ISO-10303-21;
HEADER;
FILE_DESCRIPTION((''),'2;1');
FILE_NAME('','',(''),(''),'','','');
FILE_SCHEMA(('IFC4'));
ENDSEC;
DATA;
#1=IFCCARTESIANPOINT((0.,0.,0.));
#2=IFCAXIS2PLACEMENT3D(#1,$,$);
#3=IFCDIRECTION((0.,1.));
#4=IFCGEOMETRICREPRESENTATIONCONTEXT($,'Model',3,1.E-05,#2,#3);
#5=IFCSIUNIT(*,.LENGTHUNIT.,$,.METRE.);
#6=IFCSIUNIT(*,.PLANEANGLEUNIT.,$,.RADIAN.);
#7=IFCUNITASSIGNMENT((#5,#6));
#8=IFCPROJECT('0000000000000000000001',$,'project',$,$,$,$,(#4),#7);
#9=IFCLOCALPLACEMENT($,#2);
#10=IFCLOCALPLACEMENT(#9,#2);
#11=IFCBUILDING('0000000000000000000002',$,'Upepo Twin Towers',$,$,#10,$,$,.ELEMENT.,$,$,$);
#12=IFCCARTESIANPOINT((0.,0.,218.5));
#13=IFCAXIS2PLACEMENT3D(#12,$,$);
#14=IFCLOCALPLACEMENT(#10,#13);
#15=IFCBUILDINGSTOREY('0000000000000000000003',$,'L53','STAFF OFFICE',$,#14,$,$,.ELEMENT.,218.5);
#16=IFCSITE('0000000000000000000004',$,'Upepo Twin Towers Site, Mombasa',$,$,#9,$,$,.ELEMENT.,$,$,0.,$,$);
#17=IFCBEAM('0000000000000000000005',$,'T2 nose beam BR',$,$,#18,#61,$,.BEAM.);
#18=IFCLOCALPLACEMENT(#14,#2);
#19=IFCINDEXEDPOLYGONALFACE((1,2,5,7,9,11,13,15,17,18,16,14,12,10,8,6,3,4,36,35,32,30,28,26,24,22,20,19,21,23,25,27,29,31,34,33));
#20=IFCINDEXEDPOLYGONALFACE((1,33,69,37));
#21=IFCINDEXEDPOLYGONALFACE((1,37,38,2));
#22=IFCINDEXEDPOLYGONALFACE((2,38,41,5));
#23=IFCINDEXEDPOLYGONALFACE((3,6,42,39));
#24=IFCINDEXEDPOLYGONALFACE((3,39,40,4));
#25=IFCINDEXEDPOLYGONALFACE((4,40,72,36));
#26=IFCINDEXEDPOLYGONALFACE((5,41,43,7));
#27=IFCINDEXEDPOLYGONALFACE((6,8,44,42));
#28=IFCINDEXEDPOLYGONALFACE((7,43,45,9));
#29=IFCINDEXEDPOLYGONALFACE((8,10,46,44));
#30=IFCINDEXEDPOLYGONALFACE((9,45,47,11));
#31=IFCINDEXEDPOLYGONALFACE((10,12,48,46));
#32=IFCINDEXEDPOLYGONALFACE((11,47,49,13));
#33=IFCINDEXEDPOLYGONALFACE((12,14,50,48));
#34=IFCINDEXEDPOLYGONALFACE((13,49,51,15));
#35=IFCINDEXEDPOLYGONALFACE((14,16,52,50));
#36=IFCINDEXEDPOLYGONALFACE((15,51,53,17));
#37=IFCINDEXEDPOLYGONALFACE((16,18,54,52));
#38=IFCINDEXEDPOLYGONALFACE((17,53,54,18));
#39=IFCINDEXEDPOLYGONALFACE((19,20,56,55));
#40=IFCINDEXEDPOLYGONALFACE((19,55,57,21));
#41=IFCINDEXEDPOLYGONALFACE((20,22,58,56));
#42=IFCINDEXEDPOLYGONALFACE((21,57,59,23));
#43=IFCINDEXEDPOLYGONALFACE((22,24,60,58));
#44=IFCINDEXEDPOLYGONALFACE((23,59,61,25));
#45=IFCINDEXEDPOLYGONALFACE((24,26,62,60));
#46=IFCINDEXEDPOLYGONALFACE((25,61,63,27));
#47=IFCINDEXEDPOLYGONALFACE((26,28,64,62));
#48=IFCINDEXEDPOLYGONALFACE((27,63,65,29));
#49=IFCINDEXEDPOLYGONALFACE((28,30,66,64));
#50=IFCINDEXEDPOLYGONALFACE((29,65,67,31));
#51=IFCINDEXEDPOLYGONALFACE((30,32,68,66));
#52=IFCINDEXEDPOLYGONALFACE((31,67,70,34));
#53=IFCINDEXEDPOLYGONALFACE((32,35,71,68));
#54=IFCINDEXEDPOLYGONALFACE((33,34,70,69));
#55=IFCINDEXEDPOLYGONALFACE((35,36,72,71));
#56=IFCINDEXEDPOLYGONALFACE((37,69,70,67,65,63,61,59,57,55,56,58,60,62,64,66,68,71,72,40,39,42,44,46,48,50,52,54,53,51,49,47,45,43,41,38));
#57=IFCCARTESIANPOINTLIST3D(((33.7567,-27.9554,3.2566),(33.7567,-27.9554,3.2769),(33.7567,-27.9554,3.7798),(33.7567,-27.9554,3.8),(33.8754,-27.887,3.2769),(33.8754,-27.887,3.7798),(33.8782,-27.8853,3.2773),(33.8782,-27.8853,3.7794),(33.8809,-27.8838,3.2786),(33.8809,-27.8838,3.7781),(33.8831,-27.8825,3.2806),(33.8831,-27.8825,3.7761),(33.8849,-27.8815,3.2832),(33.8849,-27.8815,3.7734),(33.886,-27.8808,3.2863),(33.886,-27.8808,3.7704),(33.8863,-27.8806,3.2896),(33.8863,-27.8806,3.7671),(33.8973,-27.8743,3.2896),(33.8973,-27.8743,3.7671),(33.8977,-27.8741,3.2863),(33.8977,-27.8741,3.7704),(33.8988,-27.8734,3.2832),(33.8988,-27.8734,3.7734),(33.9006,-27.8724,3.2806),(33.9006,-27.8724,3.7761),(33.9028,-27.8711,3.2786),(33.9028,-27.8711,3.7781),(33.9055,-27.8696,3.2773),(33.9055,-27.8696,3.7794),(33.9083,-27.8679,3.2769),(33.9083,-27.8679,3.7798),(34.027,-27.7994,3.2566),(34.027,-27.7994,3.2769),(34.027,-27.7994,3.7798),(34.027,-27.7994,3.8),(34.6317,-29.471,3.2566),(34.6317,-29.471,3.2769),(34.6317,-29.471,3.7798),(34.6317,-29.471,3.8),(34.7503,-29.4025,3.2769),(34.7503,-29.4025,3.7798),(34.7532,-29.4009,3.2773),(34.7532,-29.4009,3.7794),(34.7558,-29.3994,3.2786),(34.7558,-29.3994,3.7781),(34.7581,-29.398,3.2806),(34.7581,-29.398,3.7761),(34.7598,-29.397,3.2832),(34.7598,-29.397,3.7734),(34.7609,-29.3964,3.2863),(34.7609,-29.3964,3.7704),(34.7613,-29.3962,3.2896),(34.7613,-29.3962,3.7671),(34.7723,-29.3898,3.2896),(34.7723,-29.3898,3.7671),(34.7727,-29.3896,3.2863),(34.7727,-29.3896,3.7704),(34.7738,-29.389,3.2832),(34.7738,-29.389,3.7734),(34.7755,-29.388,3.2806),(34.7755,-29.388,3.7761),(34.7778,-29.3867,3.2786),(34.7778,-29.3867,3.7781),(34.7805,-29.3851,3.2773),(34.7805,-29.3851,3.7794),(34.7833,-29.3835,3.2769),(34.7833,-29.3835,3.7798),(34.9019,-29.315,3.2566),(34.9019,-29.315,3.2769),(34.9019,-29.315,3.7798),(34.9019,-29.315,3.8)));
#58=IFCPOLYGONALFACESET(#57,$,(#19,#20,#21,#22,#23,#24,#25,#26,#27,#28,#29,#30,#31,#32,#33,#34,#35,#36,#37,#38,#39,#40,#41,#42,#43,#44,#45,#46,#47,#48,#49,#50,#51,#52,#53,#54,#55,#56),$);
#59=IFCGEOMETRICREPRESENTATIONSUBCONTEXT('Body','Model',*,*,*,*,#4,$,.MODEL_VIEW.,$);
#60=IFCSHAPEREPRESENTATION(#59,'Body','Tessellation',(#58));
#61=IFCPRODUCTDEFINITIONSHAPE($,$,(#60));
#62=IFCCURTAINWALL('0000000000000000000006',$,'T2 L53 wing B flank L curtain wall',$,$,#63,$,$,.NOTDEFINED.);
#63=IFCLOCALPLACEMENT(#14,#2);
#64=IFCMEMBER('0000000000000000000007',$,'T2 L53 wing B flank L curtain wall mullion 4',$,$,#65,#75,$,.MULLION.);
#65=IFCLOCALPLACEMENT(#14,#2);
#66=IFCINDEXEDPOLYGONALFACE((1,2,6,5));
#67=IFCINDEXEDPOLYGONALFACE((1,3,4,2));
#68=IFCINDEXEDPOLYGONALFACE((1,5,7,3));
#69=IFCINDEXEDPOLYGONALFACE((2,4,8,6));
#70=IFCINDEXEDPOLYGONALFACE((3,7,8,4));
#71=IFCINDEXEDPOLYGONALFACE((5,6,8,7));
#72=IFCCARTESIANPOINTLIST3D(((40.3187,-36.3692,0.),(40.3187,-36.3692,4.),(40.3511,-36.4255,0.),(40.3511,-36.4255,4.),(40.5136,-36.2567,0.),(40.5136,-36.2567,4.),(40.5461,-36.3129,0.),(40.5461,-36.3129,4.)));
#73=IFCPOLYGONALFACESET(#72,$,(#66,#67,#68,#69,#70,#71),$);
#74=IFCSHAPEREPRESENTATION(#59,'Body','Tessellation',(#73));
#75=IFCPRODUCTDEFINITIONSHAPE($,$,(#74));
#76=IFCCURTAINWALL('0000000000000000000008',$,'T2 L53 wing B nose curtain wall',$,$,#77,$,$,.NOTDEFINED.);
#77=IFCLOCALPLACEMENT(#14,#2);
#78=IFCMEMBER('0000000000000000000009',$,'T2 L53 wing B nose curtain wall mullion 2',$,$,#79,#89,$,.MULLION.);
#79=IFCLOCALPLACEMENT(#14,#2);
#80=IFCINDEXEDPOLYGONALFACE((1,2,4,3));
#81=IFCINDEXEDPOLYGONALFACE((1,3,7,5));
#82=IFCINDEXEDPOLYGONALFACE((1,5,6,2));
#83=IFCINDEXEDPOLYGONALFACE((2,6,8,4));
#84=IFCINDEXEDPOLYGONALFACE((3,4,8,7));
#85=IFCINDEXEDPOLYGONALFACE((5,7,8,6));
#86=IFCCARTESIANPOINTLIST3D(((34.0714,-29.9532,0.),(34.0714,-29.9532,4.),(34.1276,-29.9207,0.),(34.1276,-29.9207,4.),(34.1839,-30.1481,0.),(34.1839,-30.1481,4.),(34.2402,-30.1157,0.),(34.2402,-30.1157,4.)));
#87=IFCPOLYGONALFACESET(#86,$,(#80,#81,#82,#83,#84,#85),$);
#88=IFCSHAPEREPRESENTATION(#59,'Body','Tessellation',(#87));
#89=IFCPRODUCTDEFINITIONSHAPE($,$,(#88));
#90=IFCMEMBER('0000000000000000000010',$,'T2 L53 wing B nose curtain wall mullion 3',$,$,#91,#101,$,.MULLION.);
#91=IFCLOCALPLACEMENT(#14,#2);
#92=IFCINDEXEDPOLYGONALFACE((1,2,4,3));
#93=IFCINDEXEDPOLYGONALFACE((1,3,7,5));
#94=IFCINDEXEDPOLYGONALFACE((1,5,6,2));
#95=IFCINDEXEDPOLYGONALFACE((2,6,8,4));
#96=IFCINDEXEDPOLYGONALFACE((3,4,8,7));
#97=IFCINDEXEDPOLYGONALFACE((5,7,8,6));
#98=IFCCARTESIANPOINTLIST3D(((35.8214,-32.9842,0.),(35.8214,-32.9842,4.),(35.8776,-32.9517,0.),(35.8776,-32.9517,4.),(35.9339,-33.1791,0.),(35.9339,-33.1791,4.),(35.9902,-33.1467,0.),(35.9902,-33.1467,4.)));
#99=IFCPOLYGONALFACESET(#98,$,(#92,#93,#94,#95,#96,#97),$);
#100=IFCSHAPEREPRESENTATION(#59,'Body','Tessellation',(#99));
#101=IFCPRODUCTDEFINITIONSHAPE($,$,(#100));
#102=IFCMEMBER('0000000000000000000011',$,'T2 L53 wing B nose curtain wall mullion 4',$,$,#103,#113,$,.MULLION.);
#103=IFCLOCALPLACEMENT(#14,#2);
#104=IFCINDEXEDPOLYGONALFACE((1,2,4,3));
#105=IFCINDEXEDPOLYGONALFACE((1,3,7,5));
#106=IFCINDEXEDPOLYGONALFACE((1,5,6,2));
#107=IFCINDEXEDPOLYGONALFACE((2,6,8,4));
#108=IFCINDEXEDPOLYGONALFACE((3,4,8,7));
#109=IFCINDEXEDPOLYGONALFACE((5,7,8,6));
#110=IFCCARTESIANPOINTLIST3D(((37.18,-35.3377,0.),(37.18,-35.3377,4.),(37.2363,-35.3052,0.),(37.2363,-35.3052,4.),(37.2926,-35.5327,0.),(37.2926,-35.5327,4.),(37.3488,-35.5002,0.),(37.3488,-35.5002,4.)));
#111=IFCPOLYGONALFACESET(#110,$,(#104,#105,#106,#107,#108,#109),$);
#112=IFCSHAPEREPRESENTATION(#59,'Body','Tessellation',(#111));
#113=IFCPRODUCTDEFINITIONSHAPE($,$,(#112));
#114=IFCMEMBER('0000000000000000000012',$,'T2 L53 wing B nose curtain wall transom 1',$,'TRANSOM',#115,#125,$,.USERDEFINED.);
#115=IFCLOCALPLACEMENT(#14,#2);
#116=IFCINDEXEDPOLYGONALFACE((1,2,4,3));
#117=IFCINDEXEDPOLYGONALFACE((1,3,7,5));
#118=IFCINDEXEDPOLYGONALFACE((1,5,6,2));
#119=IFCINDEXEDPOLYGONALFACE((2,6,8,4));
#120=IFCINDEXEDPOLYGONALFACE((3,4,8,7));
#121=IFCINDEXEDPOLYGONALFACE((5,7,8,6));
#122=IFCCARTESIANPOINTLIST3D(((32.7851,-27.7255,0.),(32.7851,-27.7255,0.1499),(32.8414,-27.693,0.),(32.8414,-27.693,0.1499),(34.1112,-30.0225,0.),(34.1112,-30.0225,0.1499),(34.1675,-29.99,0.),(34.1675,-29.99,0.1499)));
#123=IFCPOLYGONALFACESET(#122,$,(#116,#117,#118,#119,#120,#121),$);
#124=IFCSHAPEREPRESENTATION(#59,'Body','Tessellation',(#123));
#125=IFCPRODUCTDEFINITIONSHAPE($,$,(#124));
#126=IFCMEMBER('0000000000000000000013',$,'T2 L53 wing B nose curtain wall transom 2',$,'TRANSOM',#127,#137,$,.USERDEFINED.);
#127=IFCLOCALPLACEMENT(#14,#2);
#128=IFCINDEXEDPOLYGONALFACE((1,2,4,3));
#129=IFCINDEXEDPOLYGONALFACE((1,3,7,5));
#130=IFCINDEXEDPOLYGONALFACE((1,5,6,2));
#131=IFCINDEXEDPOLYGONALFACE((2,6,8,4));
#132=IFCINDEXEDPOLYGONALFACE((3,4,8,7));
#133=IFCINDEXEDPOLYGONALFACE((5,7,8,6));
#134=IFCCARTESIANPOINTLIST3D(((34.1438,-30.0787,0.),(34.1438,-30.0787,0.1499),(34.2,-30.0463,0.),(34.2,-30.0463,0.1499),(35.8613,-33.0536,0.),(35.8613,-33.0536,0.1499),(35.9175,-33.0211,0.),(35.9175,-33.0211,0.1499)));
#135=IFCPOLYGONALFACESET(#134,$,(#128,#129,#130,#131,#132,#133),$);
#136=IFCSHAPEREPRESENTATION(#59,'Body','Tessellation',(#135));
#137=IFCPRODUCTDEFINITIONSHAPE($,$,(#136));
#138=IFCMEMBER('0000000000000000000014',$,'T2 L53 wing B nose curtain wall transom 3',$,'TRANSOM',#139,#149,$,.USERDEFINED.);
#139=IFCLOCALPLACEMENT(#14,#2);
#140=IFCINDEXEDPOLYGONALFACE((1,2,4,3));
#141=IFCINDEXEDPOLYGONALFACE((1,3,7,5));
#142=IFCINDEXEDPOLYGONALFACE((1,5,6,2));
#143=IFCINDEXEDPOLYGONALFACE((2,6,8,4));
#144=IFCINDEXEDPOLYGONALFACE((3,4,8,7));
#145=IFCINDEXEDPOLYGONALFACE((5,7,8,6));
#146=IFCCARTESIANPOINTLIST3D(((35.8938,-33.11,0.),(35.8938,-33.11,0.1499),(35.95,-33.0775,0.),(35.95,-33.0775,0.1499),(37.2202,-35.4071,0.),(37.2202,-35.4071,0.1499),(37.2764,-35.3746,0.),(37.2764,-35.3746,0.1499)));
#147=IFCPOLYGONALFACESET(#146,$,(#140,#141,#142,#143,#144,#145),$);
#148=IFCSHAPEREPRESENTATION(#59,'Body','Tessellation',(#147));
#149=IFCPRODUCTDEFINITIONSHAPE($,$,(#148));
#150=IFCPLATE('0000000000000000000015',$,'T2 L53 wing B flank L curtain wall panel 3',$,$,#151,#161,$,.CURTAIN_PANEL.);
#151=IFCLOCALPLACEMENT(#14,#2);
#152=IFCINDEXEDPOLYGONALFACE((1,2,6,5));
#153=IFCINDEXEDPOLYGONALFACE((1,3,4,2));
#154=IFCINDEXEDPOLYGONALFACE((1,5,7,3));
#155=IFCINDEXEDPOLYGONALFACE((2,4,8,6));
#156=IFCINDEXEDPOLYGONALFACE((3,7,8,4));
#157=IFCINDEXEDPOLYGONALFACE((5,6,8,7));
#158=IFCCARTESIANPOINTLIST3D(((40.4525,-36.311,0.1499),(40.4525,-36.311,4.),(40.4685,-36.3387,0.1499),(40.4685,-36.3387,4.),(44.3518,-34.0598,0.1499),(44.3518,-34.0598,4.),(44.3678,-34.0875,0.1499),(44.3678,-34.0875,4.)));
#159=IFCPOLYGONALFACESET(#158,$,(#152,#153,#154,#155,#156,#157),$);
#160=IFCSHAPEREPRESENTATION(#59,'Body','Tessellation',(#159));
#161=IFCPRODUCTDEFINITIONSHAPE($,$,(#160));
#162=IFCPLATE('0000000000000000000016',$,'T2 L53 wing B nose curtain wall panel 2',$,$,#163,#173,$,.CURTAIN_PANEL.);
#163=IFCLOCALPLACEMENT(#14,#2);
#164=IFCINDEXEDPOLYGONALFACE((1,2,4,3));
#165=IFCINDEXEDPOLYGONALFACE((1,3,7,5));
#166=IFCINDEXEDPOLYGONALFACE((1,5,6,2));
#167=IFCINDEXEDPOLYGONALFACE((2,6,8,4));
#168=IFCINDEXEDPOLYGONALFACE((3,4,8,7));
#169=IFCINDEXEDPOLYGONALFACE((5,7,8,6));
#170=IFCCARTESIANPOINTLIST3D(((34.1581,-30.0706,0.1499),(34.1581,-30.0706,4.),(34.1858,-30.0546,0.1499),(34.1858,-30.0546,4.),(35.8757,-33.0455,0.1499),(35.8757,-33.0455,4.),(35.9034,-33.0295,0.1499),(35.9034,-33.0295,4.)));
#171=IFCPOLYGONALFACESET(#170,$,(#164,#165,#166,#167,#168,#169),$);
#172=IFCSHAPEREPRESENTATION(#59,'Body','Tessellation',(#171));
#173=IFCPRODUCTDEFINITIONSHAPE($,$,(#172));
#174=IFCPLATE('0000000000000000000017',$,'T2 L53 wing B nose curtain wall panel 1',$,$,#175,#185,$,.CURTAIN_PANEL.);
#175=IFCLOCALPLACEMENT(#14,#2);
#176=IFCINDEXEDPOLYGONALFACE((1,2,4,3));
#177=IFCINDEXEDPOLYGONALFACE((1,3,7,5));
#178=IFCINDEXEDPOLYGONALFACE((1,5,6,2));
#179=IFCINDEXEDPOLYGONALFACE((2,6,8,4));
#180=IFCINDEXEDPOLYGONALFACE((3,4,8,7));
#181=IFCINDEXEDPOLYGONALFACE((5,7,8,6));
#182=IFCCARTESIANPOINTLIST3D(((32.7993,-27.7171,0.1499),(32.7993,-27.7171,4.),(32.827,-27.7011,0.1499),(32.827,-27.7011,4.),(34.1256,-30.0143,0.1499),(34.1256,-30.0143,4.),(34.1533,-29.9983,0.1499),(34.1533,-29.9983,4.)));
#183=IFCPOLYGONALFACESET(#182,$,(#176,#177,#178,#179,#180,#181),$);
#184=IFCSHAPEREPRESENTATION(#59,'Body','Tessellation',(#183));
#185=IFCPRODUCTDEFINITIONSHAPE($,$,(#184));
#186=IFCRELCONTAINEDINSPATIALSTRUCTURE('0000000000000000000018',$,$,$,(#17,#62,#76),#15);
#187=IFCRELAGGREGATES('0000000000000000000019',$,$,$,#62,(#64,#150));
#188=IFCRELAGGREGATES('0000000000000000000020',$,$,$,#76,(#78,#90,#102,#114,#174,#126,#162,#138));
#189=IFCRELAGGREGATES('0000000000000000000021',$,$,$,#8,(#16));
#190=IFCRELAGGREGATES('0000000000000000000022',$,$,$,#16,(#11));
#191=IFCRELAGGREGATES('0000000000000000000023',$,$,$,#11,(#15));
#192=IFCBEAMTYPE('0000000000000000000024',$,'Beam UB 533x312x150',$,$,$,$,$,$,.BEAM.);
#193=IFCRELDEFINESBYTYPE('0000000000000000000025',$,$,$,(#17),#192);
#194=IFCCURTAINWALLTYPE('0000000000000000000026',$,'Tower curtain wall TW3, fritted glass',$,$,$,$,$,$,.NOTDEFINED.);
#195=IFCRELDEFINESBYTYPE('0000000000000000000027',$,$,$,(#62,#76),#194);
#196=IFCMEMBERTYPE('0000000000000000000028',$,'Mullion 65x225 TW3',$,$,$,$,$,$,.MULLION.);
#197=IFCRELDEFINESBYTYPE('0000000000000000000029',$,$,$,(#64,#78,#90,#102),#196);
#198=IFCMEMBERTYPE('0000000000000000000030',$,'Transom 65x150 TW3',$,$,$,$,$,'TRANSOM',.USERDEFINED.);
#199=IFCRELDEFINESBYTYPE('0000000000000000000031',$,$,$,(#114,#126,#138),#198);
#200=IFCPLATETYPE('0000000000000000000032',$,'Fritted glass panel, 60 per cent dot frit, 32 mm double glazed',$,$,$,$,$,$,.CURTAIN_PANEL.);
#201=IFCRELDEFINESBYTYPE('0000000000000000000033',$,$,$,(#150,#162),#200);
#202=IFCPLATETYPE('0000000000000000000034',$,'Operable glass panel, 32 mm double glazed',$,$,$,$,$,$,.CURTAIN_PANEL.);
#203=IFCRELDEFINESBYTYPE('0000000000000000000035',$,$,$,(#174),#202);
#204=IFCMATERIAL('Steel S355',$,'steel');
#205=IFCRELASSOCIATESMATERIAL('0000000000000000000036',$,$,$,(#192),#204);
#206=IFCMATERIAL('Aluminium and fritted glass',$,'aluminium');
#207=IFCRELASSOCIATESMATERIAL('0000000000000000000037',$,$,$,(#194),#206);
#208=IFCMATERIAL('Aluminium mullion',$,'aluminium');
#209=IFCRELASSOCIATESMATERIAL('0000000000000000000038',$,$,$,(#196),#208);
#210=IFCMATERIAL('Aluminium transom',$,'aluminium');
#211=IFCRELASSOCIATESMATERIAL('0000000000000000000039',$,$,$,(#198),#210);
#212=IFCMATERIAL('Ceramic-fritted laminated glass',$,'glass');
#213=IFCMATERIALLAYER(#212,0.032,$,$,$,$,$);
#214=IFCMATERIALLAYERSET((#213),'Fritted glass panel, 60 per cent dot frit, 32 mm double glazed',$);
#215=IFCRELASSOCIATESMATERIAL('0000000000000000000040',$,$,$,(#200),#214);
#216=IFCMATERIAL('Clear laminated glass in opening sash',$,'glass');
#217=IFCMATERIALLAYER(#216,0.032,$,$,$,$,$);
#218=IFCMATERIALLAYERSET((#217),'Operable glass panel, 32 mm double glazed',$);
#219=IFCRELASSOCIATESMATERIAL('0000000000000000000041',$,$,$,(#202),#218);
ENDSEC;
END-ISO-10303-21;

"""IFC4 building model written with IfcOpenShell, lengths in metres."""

from ifc_helpers import new_model, si_unit, direction, frame, origin, origin_2d, place, context, subcontext, project, spatial, rectangle, i_section, extrude, material, layer, layer_set, material_profile, profile_set, type_object, element, aggregate, save


model = new_model("IFC4")

# Units and contexts
model_context = context("Model", 3, precision=1e-05, world=origin(), true_north=direction((0.0, 1.0)))
body_context = subcontext(model_context, "Body", "Model", "MODEL_VIEW")
ifc_project = project(units=[si_unit("LENGTHUNIT", "METRE"), si_unit("PLANEANGLEUNIT", "RADIAN")], contexts=[model_context])

# Site, building, storey
site_placement = place(None, origin())
site = spatial("IfcSite", under=ifc_project, at=site_placement, Name="Upepo Twin Towers Site, Mombasa", CompositionType="ELEMENT", RefElevation=0.0)
building_placement = place(site_placement, origin())
building = spatial("IfcBuilding", under=site, at=building_placement, Name="Upepo Twin Towers", CompositionType="ELEMENT")
storey_placement = place(building_placement, frame((0.0, 0.0, 218.5)))
storey = spatial("IfcBuildingStorey", under=building, at=storey_placement, Name="L53", Description="STAFF OFFICE", CompositionType="ELEMENT", Elevation=218.5)

# Beam
ifc_material_1 = material(Name="Steel S355", Category="steel")
ifc_material_profile_1 = material_profile(ifc_material_1, i_section(OverallWidth=0.312, OverallDepth=0.5435, WebThickness=0.0127, FlangeThickness=0.0203, FilletRadius=0.0127, at=origin_2d()), Name="UB 533x312x150")
ifc_profile_set_1 = profile_set([ifc_material_profile_1], Name="Steel S355")
beam_type_1 = type_object("IfcBeamType", Name="Beam UB 533x312x150", PredefinedType="BEAM", material=ifc_profile_set_1)
for number, where, z_axis, x_axis, name in (
    (1, (33.8918, -27.8774, 3.5283), (0.49998, -0.866037, 0.0), (0.866037, 0.49998, 0.0), "T2 nose beam BR"),
):
    element("IfcBeam", number, at=place(storey_placement, frame(where, z_axis=z_axis, x_axis=x_axis)), inside=storey, type_object=beam_type_1, Name=name, PredefinedType="BEAM", context=body_context, shape_type="SweptSolid", body=[
        extrude(i_section(OverallWidth=0.312, OverallDepth=0.5435, WebThickness=0.0127, FlangeThickness=0.0203, FilletRadius=0.0127, at=origin_2d()), origin(), (0.0, 0.0, 1.0), 1.75),
    ])

# Curtain wall, member
ifc_material_2 = material(Name="Aluminium and fritted glass", Category="aluminium")
curtain_wall_type = type_object("IfcCurtainWallType", Name="Tower curtain wall TW3, fritted glass", PredefinedType="NOTDEFINED", material=ifc_material_2)
curtain_wall_1_placement = place(storey_placement, origin())
curtain_wall_1 = element("IfcCurtainWall", 2, at=curtain_wall_1_placement, inside=storey, type_object=curtain_wall_type, Name="T2 L53 wing B flank L curtain wall", PredefinedType="NOTDEFINED")
ifc_material_3 = material(Name="Aluminium mullion", Category="aluminium")
ifc_material_profile_2 = material_profile(ifc_material_3, rectangle(XDim=0.0649, YDim=0.2251, at=origin_2d()), Name="MULLION 65x225")
ifc_profile_set_2 = profile_set([ifc_material_profile_2], Name="Aluminium mullion")
member_type_1 = type_object("IfcMemberType", Name="Mullion 65x225 TW3", PredefinedType="MULLION", material=ifc_profile_set_2)
member_1_placement = place(storey_placement, frame((40.4324, -36.3411, 0.0), z_axis=(0.0, 0.0, 1.0), x_axis=(0.5, -0.866025, 0.0)))
member_1 = element("IfcMember", 3, at=member_1_placement, type_object=member_type_1, Name="T2 L53 wing B flank L curtain wall mullion 4", PredefinedType="MULLION", context=body_context, shape_type="SweptSolid", body=[
    extrude(rectangle(XDim=0.0649, YDim=0.2251, at=origin_2d()), origin(), (0.0, 0.0, 1.0), 4.0),
])

# Curtain wall, members
curtain_wall_2_placement = place(storey_placement, origin())
curtain_wall_2 = element("IfcCurtainWall", 4, at=curtain_wall_2_placement, inside=storey, type_object=curtain_wall_type, Name="T2 L53 wing B nose curtain wall", PredefinedType="NOTDEFINED")
member_2_placement = place(storey_placement, frame((34.1558, -30.0344, 0.0), z_axis=(0.0, 0.0, 1.0), x_axis=(0.866025, 0.5, 0.0)))
member_2 = element("IfcMember", 5, at=member_2_placement, type_object=member_type_1, Name="T2 L53 wing B nose curtain wall mullion 2", PredefinedType="MULLION", context=body_context, shape_type="SweptSolid", body=[
    extrude(rectangle(XDim=0.0649, YDim=0.2251, at=origin_2d()), origin(), (0.0, 0.0, 1.0), 4.0),
])
member_3_placement = place(storey_placement, frame((35.9058, -33.0654, 0.0), z_axis=(0.0, 0.0, 1.0), x_axis=(0.866025, 0.5, 0.0)))
member_3 = element("IfcMember", 6, at=member_3_placement, type_object=member_type_1, Name="T2 L53 wing B nose curtain wall mullion 3", PredefinedType="MULLION", context=body_context, shape_type="SweptSolid", body=[
    extrude(rectangle(XDim=0.0649, YDim=0.2251, at=origin_2d()), origin(), (0.0, 0.0, 1.0), 4.0),
])
member_4_placement = place(storey_placement, frame((37.2644, -35.4189, 0.0), z_axis=(0.0, 0.0, 1.0), x_axis=(0.866025, 0.5, 0.0)))
member_4 = element("IfcMember", 7, at=member_4_placement, type_object=member_type_1, Name="T2 L53 wing B nose curtain wall mullion 4", PredefinedType="MULLION", context=body_context, shape_type="SweptSolid", body=[
    extrude(rectangle(XDim=0.0649, YDim=0.2251, at=origin_2d()), origin(), (0.0, 0.0, 1.0), 4.0),
])
ifc_material_4 = material(Name="Aluminium transom", Category="aluminium")
ifc_material_profile_3 = material_profile(ifc_material_4, rectangle(XDim=0.0649, YDim=0.1499, at=origin_2d()), Name="TRANSOM 65x150")
ifc_profile_set_3 = profile_set([ifc_material_profile_3], Name="Aluminium transom")
member_type_2 = type_object("IfcMemberType", Name="Transom 65x150 TW3", ElementType="TRANSOM", PredefinedType="USERDEFINED", material=ifc_profile_set_3)
member_5_placement = place(storey_placement, frame((32.8132, -27.7092, 0.075), z_axis=(0.49998, -0.866037, 0.0), x_axis=(0.866037, 0.49998, 0.0)))
member_5 = element("IfcMember", 8, at=member_5_placement, type_object=member_type_2, Name="T2 L53 wing B nose curtain wall transom 1", ObjectType="TRANSOM", PredefinedType="USERDEFINED", context=body_context, shape_type="SweptSolid", body=[
    extrude(rectangle(XDim=0.0649, YDim=0.1499, at=origin_2d()), origin(), (0.0, 0.0, 1.0), 2.6523),
])
member_6_placement = place(storey_placement, frame((34.1719, -30.0625, 0.075), z_axis=(0.499999, -0.866026, 0.0), x_axis=(0.866026, 0.499999, 0.0)))
member_6 = element("IfcMember", 9, at=member_6_placement, type_object=member_type_2, Name="T2 L53 wing B nose curtain wall transom 2", ObjectType="TRANSOM", PredefinedType="USERDEFINED", context=body_context, shape_type="SweptSolid", body=[
    extrude(rectangle(XDim=0.0649, YDim=0.1499, at=origin_2d()), origin(), (0.0, 0.0, 1.0), 3.4351),
])
member_7_placement = place(storey_placement, frame((35.9219, -33.0938, 0.075), z_axis=(0.500049, -0.865997, 0.0), x_axis=(0.865997, 0.500049, 0.0)))
member_7 = element("IfcMember", 10, at=member_7_placement, type_object=member_type_2, Name="T2 L53 wing B nose curtain wall transom 3", ObjectType="TRANSOM", PredefinedType="USERDEFINED", context=body_context, shape_type="SweptSolid", body=[
    extrude(rectangle(XDim=0.0649, YDim=0.1499, at=origin_2d()), origin(), (0.0, 0.0, 1.0), 2.6526),
])

# Plates
ifc_material_5 = material(Name="Ceramic-fritted laminated glass", Category="glass")
ifc_layer_1 = layer(ifc_material_5, 0.032)
ifc_layer_set_1 = layer_set([ifc_layer_1], Name="Fritted glass panel, 60 per cent dot frit, 32 mm double glazed")
plate_type_1 = type_object("IfcPlateType", Name="Fritted glass panel, 60 per cent dot frit, 32 mm double glazed", PredefinedType="CURTAIN_PANEL", material=ifc_layer_set_1)
plate_1_placement = place(storey_placement, frame((42.4102, -35.1992, 0.1499), z_axis=(0.0, 0.0, 1.0), x_axis=(-0.866025, -0.5, 0.0)))
plate_1 = element("IfcPlate", 11, at=plate_1_placement, type_object=plate_type_1, Name="T2 L53 wing B flank L curtain wall panel 3", PredefinedType="CURTAIN_PANEL", context=body_context, shape_type="SweptSolid", body=[
    extrude(rectangle(XDim=4.5024, YDim=0.032, at=origin_2d()), origin(), (0.0, 0.0, 1.0), 3.8501),
])
aggregate(curtain_wall_1, [member_1, plate_1])
plate_2_placement = place(storey_placement, frame((35.0308, -31.55, 0.1499), z_axis=(0.0, 0.0, 1.0), x_axis=(0.5, -0.866025, 0.0)))
plate_2 = element("IfcPlate", 12, at=plate_2_placement, type_object=plate_type_1, Name="T2 L53 wing B nose curtain wall panel 2", PredefinedType="CURTAIN_PANEL", context=body_context, shape_type="SweptSolid", body=[
    extrude(rectangle(XDim=3.4351, YDim=0.032, at=origin_2d()), origin(), (0.0, 0.0, 1.0), 3.8501),
])
ifc_material_6 = material(Name="Clear laminated glass in opening sash", Category="glass")
ifc_layer_2 = layer(ifc_material_6, 0.032)
ifc_layer_set_2 = layer_set([ifc_layer_2], Name="Operable glass panel, 32 mm double glazed")
plate_type_2 = type_object("IfcPlateType", Name="Operable glass panel, 32 mm double glazed", PredefinedType="CURTAIN_PANEL", material=ifc_layer_set_2)
plate_3_placement = place(storey_placement, frame((33.4763, -28.8577, 0.1499), z_axis=(0.0, 0.0, 1.0), x_axis=(0.5, -0.866025, 0.0)))
plate_3 = element("IfcPlate", 13, at=plate_3_placement, type_object=plate_type_2, Name="T2 L53 wing B nose curtain wall panel 1", PredefinedType="CURTAIN_PANEL", context=body_context, shape_type="SweptSolid", body=[
    extrude(rectangle(XDim=2.6526, YDim=0.032, at=origin_2d()), origin(), (0.0, 0.0, 1.0), 3.8501),
])
aggregate(curtain_wall_2, [member_2, member_3, member_4, member_5, plate_3, member_6, plate_2, member_7])

save(model, "model.ifc")
